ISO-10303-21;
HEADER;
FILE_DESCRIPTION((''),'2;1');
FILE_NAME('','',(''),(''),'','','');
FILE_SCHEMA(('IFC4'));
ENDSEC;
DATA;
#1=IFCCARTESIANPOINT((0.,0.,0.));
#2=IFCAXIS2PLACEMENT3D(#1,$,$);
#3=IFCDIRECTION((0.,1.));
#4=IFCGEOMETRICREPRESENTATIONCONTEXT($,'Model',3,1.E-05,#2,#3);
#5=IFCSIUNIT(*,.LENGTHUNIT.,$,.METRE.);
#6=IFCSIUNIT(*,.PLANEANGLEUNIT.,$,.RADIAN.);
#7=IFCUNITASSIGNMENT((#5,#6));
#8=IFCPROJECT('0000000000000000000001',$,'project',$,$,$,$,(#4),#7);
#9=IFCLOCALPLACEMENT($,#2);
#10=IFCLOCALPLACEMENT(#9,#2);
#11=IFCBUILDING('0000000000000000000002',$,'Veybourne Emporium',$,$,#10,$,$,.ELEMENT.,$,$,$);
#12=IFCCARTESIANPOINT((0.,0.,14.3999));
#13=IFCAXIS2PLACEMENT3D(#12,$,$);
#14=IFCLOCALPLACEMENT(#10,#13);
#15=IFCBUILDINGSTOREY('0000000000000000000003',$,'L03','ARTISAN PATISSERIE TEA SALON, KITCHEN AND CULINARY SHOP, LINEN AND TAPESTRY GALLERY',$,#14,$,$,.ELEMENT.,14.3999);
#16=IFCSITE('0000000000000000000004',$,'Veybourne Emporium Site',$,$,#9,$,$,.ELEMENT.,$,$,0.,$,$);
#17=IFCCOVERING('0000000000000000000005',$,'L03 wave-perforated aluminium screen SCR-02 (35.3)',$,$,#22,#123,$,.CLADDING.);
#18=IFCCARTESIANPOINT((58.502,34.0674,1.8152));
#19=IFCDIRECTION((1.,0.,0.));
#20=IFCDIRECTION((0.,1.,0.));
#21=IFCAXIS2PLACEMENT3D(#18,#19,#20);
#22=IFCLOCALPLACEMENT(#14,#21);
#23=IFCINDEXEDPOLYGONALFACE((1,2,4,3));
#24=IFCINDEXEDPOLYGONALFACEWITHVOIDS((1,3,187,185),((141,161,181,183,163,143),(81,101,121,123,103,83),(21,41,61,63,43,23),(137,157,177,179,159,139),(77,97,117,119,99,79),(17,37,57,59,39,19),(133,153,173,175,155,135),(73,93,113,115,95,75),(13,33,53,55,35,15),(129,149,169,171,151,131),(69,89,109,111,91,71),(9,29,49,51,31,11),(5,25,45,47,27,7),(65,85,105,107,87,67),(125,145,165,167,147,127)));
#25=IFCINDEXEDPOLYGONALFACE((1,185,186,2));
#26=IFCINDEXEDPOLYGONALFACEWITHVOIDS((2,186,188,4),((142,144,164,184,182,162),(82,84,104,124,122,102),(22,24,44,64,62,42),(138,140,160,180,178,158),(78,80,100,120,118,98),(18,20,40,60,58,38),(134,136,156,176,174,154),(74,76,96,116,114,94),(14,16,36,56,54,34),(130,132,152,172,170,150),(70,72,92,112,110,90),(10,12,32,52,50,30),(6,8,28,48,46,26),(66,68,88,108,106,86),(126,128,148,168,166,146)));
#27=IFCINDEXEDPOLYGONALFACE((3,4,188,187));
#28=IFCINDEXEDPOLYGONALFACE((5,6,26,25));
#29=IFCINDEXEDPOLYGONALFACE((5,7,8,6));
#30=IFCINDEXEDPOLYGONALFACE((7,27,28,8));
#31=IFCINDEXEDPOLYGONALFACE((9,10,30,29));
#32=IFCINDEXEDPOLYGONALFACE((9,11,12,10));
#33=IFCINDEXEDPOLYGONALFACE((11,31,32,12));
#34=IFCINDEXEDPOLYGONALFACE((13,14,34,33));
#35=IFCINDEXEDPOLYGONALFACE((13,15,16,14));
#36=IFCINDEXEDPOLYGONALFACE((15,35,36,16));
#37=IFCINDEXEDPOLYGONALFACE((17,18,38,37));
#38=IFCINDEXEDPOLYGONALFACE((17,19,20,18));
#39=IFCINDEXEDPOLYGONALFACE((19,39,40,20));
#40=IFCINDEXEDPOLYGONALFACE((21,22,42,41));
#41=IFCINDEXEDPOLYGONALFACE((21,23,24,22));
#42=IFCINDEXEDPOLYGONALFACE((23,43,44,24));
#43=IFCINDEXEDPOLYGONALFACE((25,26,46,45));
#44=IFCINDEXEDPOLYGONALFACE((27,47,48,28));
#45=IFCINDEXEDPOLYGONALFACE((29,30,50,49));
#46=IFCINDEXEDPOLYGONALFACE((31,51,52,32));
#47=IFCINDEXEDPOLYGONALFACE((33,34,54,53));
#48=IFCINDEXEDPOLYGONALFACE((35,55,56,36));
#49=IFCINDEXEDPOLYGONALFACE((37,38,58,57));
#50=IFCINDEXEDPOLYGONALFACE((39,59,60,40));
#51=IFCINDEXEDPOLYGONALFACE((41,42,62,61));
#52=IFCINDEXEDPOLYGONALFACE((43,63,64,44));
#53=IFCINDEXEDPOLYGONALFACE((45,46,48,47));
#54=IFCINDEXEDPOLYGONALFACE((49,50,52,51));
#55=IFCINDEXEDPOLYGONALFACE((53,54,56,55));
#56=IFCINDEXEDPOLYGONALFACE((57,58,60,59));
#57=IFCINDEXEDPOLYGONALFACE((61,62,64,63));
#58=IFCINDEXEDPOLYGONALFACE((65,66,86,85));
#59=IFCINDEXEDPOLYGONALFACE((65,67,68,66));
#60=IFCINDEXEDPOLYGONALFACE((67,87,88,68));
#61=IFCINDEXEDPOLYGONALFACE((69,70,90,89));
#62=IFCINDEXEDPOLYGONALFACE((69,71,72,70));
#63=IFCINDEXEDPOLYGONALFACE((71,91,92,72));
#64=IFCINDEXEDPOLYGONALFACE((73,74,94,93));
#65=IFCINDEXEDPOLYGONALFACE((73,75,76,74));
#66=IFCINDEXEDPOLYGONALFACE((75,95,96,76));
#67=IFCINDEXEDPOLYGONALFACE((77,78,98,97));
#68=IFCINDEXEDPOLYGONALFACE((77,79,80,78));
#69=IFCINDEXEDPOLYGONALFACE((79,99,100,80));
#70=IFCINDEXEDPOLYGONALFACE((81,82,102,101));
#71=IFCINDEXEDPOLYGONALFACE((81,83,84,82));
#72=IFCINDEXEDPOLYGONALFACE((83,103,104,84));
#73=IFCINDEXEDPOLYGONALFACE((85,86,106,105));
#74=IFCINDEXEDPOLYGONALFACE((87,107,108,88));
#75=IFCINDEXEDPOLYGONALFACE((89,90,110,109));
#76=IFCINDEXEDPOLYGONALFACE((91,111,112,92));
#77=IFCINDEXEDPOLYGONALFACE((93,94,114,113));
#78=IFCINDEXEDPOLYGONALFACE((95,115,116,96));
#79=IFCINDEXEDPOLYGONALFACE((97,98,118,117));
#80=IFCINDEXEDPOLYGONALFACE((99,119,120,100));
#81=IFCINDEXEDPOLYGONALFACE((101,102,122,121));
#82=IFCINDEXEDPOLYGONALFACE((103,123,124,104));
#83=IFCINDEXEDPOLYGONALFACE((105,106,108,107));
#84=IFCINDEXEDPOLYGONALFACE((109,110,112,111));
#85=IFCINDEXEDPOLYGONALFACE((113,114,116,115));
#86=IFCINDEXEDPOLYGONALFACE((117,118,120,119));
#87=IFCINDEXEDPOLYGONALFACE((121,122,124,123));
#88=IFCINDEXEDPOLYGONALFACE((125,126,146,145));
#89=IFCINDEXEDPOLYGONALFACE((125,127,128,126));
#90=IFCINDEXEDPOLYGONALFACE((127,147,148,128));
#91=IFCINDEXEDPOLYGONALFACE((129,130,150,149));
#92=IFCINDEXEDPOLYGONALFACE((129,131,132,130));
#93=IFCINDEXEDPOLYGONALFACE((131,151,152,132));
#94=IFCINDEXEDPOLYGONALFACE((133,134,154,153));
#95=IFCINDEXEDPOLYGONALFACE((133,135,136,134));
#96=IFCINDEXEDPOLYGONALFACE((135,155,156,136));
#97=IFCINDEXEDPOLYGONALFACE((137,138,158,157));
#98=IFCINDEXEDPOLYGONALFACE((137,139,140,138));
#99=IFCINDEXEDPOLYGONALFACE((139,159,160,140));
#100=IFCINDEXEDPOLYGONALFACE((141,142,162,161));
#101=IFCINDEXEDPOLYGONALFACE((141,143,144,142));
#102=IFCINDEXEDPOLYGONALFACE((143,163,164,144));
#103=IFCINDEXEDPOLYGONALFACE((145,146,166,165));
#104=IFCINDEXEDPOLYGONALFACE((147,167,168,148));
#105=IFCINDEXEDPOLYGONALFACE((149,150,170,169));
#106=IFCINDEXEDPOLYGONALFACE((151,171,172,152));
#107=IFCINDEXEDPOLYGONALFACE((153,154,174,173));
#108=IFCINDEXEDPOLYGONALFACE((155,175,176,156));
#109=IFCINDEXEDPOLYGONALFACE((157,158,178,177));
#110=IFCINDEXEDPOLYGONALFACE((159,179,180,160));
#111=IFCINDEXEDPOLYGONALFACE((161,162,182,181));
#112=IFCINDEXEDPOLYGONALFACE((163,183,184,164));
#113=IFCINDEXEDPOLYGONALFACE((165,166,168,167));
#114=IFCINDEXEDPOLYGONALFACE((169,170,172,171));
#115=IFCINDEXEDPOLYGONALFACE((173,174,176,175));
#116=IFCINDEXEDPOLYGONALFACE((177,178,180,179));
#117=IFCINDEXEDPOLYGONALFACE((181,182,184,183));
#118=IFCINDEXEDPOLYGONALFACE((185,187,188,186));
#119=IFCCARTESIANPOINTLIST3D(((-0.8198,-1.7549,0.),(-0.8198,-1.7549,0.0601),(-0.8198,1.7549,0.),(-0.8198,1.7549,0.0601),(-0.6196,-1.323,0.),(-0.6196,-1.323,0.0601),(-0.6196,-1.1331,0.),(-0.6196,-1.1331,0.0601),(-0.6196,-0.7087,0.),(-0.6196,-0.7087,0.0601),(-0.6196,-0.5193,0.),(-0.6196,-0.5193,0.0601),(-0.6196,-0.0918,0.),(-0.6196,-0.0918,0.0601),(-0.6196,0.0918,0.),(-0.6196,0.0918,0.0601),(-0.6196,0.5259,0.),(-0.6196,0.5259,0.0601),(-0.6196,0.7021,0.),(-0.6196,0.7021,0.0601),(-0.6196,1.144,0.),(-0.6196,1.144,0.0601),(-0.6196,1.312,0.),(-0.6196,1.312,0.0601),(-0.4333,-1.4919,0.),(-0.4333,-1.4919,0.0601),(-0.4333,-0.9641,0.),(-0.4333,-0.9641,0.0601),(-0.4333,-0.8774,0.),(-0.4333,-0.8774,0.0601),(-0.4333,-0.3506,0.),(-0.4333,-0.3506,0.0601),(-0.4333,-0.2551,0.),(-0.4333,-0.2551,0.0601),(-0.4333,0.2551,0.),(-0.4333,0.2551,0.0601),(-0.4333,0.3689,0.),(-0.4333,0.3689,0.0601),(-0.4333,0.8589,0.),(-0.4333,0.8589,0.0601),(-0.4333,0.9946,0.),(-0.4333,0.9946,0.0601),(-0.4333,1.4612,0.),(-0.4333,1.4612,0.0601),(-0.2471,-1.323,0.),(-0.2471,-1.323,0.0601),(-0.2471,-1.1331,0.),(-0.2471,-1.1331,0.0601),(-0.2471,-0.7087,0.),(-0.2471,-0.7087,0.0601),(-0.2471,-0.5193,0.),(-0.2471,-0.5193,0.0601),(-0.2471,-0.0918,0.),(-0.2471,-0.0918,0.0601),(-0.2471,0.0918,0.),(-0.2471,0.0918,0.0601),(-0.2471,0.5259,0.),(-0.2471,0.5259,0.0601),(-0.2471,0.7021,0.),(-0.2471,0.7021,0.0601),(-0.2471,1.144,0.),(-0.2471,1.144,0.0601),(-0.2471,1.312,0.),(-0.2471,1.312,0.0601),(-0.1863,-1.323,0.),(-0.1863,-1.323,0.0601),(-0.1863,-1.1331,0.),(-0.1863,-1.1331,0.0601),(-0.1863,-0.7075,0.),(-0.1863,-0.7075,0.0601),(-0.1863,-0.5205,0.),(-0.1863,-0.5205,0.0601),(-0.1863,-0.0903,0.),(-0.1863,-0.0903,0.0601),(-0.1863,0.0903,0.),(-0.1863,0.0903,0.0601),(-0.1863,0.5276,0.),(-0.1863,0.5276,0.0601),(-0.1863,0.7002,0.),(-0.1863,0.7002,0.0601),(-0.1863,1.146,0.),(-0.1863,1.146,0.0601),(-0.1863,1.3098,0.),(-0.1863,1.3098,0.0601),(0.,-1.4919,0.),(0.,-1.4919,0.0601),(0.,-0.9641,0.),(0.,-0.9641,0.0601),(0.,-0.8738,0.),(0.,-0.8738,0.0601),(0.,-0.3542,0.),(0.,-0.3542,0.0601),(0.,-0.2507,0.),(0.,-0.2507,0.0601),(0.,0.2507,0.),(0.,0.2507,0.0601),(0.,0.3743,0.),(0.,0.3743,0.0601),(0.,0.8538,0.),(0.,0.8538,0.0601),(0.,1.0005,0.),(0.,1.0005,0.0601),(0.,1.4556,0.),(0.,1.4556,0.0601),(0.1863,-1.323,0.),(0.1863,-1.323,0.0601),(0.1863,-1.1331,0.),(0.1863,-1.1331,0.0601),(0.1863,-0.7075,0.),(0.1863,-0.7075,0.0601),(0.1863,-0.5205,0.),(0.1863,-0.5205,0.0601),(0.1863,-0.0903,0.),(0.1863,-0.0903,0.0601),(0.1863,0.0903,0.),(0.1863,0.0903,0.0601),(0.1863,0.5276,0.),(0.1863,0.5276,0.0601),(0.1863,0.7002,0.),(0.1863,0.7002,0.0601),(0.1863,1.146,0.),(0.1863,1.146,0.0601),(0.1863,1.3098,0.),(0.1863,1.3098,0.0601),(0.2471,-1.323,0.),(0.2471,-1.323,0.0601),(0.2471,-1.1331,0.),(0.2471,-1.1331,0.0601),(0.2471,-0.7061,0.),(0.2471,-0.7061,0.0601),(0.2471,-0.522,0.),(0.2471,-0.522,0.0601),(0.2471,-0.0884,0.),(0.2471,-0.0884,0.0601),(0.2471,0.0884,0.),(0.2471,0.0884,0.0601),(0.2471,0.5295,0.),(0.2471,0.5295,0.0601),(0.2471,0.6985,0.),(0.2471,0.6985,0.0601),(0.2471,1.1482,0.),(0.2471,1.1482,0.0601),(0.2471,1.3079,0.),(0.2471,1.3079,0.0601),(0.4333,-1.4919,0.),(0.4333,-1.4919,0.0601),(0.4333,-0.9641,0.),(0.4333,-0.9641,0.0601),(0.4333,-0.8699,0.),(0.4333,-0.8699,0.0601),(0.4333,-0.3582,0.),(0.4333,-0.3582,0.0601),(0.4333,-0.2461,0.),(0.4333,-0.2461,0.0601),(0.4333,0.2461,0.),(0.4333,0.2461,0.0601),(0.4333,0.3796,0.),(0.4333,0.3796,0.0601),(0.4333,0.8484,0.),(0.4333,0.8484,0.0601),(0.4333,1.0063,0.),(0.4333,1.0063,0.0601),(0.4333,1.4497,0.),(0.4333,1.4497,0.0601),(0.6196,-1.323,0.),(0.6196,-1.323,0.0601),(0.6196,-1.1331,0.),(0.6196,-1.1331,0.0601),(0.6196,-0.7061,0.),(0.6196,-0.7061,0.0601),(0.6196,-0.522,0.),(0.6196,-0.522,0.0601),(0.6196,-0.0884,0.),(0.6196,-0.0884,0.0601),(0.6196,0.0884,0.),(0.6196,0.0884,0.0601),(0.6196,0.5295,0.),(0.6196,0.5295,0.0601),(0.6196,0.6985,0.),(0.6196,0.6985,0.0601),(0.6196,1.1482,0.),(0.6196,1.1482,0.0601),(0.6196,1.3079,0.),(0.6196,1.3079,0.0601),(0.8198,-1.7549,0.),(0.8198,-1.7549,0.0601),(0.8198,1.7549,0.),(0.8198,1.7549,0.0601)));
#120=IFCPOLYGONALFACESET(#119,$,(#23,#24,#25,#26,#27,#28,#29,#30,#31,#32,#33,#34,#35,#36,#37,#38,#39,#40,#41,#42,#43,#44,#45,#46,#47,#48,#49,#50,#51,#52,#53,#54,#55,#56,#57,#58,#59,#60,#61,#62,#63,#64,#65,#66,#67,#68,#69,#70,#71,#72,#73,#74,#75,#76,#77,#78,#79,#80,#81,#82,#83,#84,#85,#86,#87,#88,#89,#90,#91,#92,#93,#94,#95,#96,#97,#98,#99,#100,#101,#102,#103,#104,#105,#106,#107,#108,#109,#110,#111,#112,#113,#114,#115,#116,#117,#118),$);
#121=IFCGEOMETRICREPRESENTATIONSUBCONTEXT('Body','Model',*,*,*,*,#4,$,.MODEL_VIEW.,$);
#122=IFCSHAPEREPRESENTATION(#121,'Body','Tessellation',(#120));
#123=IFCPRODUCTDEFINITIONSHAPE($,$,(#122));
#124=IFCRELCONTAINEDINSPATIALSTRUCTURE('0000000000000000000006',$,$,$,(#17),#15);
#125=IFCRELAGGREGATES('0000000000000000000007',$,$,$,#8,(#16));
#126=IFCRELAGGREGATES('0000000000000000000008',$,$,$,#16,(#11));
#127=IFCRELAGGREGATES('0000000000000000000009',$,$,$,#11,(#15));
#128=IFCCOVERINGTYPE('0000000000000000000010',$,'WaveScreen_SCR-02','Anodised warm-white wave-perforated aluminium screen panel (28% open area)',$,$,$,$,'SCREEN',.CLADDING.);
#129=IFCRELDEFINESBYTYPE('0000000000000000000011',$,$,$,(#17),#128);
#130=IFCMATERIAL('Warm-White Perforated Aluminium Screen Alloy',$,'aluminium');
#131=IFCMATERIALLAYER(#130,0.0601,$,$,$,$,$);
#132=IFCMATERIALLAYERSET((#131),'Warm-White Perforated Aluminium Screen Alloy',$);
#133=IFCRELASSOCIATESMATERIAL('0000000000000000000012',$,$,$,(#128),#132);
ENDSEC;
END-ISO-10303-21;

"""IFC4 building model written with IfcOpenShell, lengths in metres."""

from ifc_helpers import new_model, si_unit, direction, frame, origin, place, context, subcontext, project, spatial, polyline, outline, extrude, material, layer, layer_set, type_object, element, save


model = new_model("IFC4")

# Units and contexts
model_context = context("Model", 3, precision=1e-05, world=origin(), true_north=direction((0.0, 1.0)))
body_context = subcontext(model_context, "Body", "Model", "MODEL_VIEW")
ifc_project = project(units=[si_unit("LENGTHUNIT", "METRE"), si_unit("PLANEANGLEUNIT", "RADIAN")], contexts=[model_context])

# Site, building, storey
site_placement = place(None, origin())
site = spatial("IfcSite", under=ifc_project, at=site_placement, Name="Veybourne Emporium Site", CompositionType="ELEMENT", RefElevation=0.0)
building_placement = place(site_placement, origin())
building = spatial("IfcBuilding", under=site, at=building_placement, Name="Veybourne Emporium", CompositionType="ELEMENT")
storey_placement = place(building_placement, frame((0.0, 0.0, 14.3999)))
storey = spatial("IfcBuildingStorey", under=building, at=storey_placement, Name="L03", Description="ARTISAN PATISSERIE TEA SALON, KITCHEN AND CULINARY SHOP, LINEN AND TAPESTRY GALLERY", CompositionType="ELEMENT", Elevation=14.3999)

# Covering
ifc_material_1 = material(Name="Warm-White Perforated Aluminium Screen Alloy", Category="aluminium")
ifc_layer_1 = layer(ifc_material_1, 0.0601)
ifc_layer_set_1 = layer_set([ifc_layer_1], Name="Warm-White Perforated Aluminium Screen Alloy")
covering_type_1 = type_object("IfcCoveringType", Name="WaveScreen_SCR-02", Description="Anodised warm-white wave-perforated aluminium screen panel (28% open area)", ElementType="SCREEN", PredefinedType="CLADDING", material=ifc_layer_set_1)
covering_1_placement = place(storey_placement, frame((58.502, 34.0674, 1.8152), z_axis=(1.0, 0.0, 0.0), x_axis=(0.0, 1.0, 0.0)))
element("IfcCovering", 1, at=covering_1_placement, inside=storey, type_object=covering_type_1, Name="L03 wave-perforated aluminium screen SCR-02 (35.3)", PredefinedType="CLADDING", context=body_context, shape_type="SweptSolid", body=[
    extrude(outline(polyline([(-0.8198, -1.7549), (0.8198, -1.7549), (0.8198, 1.7549), (-0.8198, 1.7549), (-0.8198, -1.7549)]), holes=[polyline([(-0.4333, -0.9641), (-0.2471, -1.1331), (-0.2471, -1.323), (-0.4333, -1.4919), (-0.6196, -1.323), (-0.6196, -1.1331), (-0.4333, -0.9641)]), polyline([(-0.4333, -0.3506), (-0.2471, -0.5193), (-0.2471, -0.7087), (-0.4333, -0.8774), (-0.6196, -0.7087), (-0.6196, -0.5193), (-0.4333, -0.3506)]), polyline([(-0.4333, 0.2551), (-0.2471, 0.0918), (-0.2471, -0.0918), (-0.4333, -0.2551), (-0.6196, -0.0918), (-0.6196, 0.0918), (-0.4333, 0.2551)]), polyline([(-0.4333, 0.8589), (-0.2471, 0.7021), (-0.2471, 0.5259), (-0.4333, 0.3689), (-0.6196, 0.5259), (-0.6196, 0.7021), (-0.4333, 0.8589)]), polyline([(-0.4333, 1.4612), (-0.2471, 1.312), (-0.2471, 1.144), (-0.4333, 0.9946), (-0.6196, 1.144), (-0.6196, 1.312), (-0.4333, 1.4612)]), polyline([(0.0, -0.9641), (0.1863, -1.1331), (0.1863, -1.323), (0.0, -1.4919), (-0.1863, -1.323), (-0.1863, -1.1331), (0.0, -0.9641)]), polyline([(0.0, -0.3542), (0.1863, -0.5205), (0.1863, -0.7075), (0.0, -0.8738), (-0.1863, -0.7075), (-0.1863, -0.5205), (0.0, -0.3542)]), polyline([(0.0, 0.2507), (0.1863, 0.0903), (0.1863, -0.0903), (0.0, -0.2507), (-0.1863, -0.0903), (-0.1863, 0.0903), (0.0, 0.2507)]), polyline([(0.0, 0.8538), (0.1863, 0.7002), (0.1863, 0.5276), (0.0, 0.3743), (-0.1863, 0.5276), (-0.1863, 0.7002), (0.0, 0.8538)]), polyline([(0.0, 1.4556), (0.1863, 1.3098), (0.1863, 1.146), (0.0, 1.0005), (-0.1863, 1.146), (-0.1863, 1.3098), (0.0, 1.4556)]), polyline([(0.4333, -0.9641), (0.6196, -1.1331), (0.6196, -1.323), (0.4333, -1.4919), (0.2471, -1.323), (0.2471, -1.1331), (0.4333, -0.9641)]), polyline([(0.4333, -0.3582), (0.6196, -0.522), (0.6196, -0.7061), (0.4333, -0.8699), (0.2471, -0.7061), (0.2471, -0.522), (0.4333, -0.3582)]), polyline([(0.4333, 0.2461), (0.6196, 0.0884), (0.6196, -0.0884), (0.4333, -0.2461), (0.2471, -0.0884), (0.2471, 0.0884), (0.4333, 0.2461)]), polyline([(0.4333, 0.8484), (0.6196, 0.6985), (0.6196, 0.5295), (0.4333, 0.3796), (0.2471, 0.5295), (0.2471, 0.6985), (0.4333, 0.8484)]), polyline([(0.4333, 1.4497), (0.6196, 1.3079), (0.6196, 1.1482), (0.4333, 1.0063), (0.2471, 1.1482), (0.2471, 1.3079), (0.4333, 1.4497)])]), origin(), (0.0, 0.0, 1.0), 0.0601),
])

save(model, "model.ifc")
